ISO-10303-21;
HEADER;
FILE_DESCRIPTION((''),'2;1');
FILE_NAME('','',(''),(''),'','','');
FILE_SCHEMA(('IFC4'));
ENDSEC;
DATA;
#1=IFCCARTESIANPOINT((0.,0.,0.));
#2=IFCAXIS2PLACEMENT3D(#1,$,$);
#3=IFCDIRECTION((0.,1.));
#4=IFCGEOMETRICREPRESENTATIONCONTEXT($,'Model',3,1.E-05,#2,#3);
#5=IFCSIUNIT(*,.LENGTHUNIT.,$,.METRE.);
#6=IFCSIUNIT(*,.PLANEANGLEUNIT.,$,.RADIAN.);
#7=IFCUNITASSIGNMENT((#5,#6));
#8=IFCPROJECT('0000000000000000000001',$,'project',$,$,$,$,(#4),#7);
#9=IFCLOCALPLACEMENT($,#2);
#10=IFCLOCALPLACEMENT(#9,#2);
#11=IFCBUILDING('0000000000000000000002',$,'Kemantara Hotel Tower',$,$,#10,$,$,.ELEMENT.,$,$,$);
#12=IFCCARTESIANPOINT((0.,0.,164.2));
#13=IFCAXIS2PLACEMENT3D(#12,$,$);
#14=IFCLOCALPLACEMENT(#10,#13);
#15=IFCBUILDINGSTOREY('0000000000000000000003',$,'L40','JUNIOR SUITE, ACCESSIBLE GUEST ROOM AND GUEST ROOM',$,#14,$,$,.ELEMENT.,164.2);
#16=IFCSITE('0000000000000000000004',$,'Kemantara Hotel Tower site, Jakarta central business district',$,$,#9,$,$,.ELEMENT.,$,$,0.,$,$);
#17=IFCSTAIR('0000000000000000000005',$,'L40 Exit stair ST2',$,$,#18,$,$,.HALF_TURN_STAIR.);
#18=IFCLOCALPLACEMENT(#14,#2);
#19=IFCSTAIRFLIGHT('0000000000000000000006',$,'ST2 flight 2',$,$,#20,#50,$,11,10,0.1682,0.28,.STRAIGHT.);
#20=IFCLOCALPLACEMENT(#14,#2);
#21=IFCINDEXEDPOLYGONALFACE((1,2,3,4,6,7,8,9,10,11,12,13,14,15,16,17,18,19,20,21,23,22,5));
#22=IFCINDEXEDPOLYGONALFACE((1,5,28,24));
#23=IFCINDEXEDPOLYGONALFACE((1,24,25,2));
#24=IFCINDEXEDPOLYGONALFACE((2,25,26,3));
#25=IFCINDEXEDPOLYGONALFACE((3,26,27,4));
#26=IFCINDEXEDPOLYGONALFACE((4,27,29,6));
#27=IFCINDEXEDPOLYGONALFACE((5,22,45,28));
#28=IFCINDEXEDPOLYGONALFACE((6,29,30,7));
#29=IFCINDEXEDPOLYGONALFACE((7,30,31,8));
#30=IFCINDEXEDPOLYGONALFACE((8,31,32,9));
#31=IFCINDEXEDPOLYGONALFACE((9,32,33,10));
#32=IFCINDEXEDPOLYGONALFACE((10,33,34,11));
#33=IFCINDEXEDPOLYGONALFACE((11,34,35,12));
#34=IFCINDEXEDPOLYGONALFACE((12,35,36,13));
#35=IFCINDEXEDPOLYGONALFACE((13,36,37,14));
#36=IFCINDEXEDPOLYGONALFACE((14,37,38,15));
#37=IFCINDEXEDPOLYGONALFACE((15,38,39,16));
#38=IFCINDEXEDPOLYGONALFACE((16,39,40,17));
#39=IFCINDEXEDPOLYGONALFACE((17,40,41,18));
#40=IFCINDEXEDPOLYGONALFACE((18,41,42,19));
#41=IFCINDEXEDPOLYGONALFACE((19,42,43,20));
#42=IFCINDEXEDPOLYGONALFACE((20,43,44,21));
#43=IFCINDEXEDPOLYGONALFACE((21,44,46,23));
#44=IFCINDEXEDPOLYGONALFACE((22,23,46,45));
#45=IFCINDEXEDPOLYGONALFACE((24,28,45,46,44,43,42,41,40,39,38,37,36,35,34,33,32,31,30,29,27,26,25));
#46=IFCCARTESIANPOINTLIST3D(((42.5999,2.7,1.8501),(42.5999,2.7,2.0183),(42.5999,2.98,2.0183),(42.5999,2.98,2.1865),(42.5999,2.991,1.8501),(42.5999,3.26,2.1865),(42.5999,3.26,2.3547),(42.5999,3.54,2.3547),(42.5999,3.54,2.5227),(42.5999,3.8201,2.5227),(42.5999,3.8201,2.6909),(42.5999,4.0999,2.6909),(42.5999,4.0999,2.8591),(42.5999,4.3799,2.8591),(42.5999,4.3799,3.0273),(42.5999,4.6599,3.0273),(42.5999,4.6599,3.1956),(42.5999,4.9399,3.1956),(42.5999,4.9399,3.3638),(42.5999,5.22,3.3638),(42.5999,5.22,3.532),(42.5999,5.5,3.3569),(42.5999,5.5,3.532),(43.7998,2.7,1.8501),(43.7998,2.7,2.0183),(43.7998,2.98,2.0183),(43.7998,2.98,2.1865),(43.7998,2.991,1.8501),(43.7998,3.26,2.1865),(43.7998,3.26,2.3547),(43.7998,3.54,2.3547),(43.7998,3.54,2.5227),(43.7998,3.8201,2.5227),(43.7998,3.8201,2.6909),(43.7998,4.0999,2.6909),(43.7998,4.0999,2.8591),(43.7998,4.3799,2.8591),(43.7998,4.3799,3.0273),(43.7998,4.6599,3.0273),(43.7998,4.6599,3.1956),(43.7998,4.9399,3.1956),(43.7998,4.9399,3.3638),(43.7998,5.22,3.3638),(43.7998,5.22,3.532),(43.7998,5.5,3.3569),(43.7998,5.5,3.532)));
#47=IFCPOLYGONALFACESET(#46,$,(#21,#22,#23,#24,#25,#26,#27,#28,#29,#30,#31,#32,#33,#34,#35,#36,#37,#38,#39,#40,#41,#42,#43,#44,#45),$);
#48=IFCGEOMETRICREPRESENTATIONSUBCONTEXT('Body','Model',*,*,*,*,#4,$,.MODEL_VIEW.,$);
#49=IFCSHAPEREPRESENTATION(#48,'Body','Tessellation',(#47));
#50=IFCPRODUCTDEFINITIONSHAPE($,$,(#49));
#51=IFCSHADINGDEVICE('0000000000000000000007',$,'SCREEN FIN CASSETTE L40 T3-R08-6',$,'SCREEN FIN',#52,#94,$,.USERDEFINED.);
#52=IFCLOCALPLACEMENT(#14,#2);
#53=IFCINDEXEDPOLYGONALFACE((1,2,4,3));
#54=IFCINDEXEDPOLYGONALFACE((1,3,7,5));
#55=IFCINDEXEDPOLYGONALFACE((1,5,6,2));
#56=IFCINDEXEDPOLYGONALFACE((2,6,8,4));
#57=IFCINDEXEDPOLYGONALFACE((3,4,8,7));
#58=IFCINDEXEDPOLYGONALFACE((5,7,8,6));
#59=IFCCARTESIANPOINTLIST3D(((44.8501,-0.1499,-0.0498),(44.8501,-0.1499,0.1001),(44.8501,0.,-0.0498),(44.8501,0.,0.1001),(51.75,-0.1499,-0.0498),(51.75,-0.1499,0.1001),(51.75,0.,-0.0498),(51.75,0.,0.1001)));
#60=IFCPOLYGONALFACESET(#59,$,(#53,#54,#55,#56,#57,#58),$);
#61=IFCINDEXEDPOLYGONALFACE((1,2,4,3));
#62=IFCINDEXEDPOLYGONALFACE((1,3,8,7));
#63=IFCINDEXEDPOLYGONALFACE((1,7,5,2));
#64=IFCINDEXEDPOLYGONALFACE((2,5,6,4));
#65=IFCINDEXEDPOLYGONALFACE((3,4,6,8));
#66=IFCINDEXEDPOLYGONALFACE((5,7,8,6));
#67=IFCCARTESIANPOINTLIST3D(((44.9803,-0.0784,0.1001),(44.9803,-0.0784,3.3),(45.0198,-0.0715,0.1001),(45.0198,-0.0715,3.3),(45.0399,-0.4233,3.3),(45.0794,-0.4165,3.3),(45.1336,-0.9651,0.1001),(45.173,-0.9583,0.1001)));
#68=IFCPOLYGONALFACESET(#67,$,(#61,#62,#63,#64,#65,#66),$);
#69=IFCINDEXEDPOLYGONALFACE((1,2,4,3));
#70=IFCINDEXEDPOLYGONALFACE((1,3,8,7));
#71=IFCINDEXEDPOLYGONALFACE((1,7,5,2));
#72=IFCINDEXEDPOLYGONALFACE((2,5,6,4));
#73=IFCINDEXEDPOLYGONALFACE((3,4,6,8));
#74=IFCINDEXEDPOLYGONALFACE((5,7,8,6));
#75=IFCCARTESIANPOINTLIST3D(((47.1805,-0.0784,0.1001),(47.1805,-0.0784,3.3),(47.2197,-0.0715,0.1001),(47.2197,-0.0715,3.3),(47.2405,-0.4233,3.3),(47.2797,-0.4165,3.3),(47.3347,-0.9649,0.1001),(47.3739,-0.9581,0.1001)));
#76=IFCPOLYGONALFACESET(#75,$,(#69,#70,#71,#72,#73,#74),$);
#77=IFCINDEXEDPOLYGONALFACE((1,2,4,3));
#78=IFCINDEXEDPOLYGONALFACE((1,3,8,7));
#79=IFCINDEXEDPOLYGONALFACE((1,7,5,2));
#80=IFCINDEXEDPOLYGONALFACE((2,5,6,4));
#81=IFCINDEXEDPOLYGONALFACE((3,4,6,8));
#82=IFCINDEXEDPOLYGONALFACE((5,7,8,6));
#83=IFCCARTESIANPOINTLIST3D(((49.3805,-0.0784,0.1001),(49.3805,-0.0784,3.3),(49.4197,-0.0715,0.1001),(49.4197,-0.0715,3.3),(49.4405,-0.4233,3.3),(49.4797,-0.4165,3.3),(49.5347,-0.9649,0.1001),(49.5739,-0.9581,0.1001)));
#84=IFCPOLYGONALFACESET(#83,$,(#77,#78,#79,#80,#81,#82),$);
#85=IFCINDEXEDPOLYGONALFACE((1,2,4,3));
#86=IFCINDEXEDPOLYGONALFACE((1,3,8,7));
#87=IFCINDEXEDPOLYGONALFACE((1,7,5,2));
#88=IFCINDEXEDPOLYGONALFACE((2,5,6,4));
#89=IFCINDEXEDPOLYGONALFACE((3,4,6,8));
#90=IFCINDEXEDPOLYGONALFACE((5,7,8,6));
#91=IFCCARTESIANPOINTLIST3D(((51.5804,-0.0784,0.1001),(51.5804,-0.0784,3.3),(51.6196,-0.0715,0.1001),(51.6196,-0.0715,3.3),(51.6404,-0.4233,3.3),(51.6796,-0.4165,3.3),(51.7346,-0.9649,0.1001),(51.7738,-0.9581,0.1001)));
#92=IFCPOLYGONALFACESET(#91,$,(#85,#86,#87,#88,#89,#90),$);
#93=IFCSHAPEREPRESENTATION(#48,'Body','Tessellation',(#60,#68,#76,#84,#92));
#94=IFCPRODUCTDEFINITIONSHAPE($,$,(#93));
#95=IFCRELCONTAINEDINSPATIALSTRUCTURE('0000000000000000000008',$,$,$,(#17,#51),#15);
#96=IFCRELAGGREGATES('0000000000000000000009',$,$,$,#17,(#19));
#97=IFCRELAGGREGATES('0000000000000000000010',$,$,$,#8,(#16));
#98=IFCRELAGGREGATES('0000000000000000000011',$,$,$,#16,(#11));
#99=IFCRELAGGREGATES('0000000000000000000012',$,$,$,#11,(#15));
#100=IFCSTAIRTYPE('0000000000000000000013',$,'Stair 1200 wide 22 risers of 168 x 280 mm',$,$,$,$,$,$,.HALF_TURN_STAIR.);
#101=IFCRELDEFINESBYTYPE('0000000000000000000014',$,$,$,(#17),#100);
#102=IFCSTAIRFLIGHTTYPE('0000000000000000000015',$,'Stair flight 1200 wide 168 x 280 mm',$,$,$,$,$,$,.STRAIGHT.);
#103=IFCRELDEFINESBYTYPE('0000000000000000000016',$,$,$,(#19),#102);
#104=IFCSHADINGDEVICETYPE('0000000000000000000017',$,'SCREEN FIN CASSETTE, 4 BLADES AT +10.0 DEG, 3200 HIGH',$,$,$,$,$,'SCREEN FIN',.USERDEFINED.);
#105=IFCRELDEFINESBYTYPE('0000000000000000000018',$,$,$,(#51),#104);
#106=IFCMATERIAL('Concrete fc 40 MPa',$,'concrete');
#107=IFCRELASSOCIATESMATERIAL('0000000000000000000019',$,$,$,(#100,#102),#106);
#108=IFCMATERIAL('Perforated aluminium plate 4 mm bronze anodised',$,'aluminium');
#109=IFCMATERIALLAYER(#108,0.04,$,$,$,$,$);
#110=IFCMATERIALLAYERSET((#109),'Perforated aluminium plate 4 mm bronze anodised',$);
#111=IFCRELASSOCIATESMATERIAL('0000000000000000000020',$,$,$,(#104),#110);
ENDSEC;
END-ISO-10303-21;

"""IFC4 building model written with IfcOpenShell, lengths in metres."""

from ifc_helpers import new_model, si_unit, direction, frame, origin, origin_2d, place, context, subcontext, project, spatial, polyline, rectangle, outline, extrude, source, transform, mapped, material, layer, layer_set, type_object, element, aggregate, save


model = new_model("IFC4")

# Units and contexts
model_context = context("Model", 3, precision=1e-05, world=origin(), true_north=direction((0.0, 1.0)))
body_context = subcontext(model_context, "Body", "Model", "MODEL_VIEW")
ifc_project = project(units=[si_unit("LENGTHUNIT", "METRE"), si_unit("PLANEANGLEUNIT", "RADIAN")], contexts=[model_context])

# Site, building, storey
site_placement = place(None, origin())
site = spatial("IfcSite", under=ifc_project, at=site_placement, Name="Kemantara Hotel Tower site, Jakarta central business district", CompositionType="ELEMENT", RefElevation=0.0)
building_placement = place(site_placement, origin())
building = spatial("IfcBuilding", under=site, at=building_placement, Name="Kemantara Hotel Tower", CompositionType="ELEMENT")
storey_placement = place(building_placement, frame((0.0, 0.0, 164.2)))
storey = spatial("IfcBuildingStorey", under=building, at=storey_placement, Name="L40", Description="JUNIOR SUITE, ACCESSIBLE GUEST ROOM AND GUEST ROOM", CompositionType="ELEMENT", Elevation=164.2)

# Stair, stair flight
ifc_material_1 = material(Name="Concrete fc 40 MPa", Category="concrete")
stair_type = type_object("IfcStairType", Name="Stair 1200 wide 22 risers of 168 x 280 mm", PredefinedType="HALF_TURN_STAIR", material=ifc_material_1)
stair_placement = place(storey_placement, origin())
stair = element("IfcStair", 1, at=stair_placement, inside=storey, type_object=stair_type, Name="L40 Exit stair ST2", PredefinedType="HALF_TURN_STAIR")
stair_flight_type = type_object("IfcStairFlightType", Name="Stair flight 1200 wide 168 x 280 mm", PredefinedType="STRAIGHT", material=ifc_material_1)
stair_flight_1_placement = place(storey_placement, frame((43.2, 2.7, 1.8501), z_axis=(0.0, 0.0, 1.0), x_axis=(0.0, 1.0, 0.0)))
stair_flight_1 = element("IfcStairFlight", 2, at=stair_flight_1_placement, type_object=stair_flight_type, Name="ST2 flight 2", NumberOfRisers=11, NumberOfTreads=10, PredefinedType="STRAIGHT", RiserHeight=0.1682, TreadLength=0.28, context=body_context, shape_type="SweptSolid", body=[
    extrude(outline(polyline([(0.0, 0.0), (0.0, 0.1682), (0.28, 0.1682), (0.28, 0.3364), (0.5601, 0.3364), (0.5601, 0.5046), (0.8401, 0.5046), (0.8401, 0.6726), (1.1201, 0.6726), (1.1201, 0.8408), (1.3999, 0.8408), (1.3999, 1.009), (1.6799, 1.009), (1.6799, 1.1772), (1.96, 1.1772), (1.96, 1.3455), (2.24, 1.3455), (2.24, 1.5137), (2.52, 1.5137), (2.52, 1.6819), (2.8, 1.6819), (2.8, 1.8501), (2.8, 1.5068), (0.291, 0.0), (0.0, 0.0)])), frame((0.0, 0.6001, 0.0), z_axis=(0.0, -1.0, 0.0), x_axis=(1.0, 0.0, 0.0)), (0.0, 0.0, 1.0), 1.2),
])
aggregate(stair, [stair_flight_1])

# Shading device
ifc_material_2 = material(Name="Perforated aluminium plate 4 mm bronze anodised", Category="aluminium")
ifc_layer_1 = layer(ifc_material_2, 0.04)
ifc_layer_set_1 = layer_set([ifc_layer_1], Name="Perforated aluminium plate 4 mm bronze anodised")
shading_device_type = type_object("IfcShadingDeviceType", Name="SCREEN FIN CASSETTE, 4 BLADES AT +10.0 DEG, 3200 HIGH", ElementType="SCREEN FIN", PredefinedType="USERDEFINED", material=ifc_layer_set_1)
shared_shape = source(origin(), body_context, "Body", "SweptSolid", [
    extrude(rectangle(XDim=6.8999, YDim=0.1499, at=origin_2d()), frame((3.3, -0.075, -0.1499), z_axis=(0.0, 0.0, 1.0), x_axis=(1.0, 0.0, 0.0)), (0.0, 0.0, 1.0), 0.1499),
    extrude(outline(polyline([(0.0, 0.0), (0.8999, 0.0), (0.3501, 3.2), (0.0, 3.2), (0.0, 0.0)])), frame((0.0198, -0.0715, 0.0), z_axis=(-0.98539, -0.170314, 0.0), x_axis=(0.170314, -0.98539, 0.0)), (0.0, 0.0, 1.0), 0.04),
    extrude(outline(polyline([(0.0, 0.0), (0.8999, 0.0), (0.3501, 3.2), (0.0, 3.2), (0.0, 0.0)])), frame((2.2197, -0.0715, 0.0), z_axis=(-0.985212, -0.171341, 0.0), x_axis=(0.171341, -0.985212, 0.0)), (0.0, 0.0, 1.0), 0.0398),
    extrude(outline(polyline([(0.0, 0.0), (0.8999, 0.0), (0.3501, 3.2), (0.0, 3.2), (0.0, 0.0)])), frame((4.4197, -0.0715, 0.0), z_axis=(-0.985212, -0.171341, 0.0), x_axis=(0.171341, -0.985212, 0.0)), (0.0, 0.0, 1.0), 0.0398),
    extrude(outline(polyline([(0.0, 0.0), (0.8999, 0.0), (0.3501, 3.2), (0.0, 3.2), (0.0, 0.0)])), frame((6.6196, -0.0715, 0.0), z_axis=(-0.985212, -0.171341, 0.0), x_axis=(0.171341, -0.985212, 0.0)), (0.0, 0.0, 1.0), 0.0398),
])
shading_device_placement = place(storey_placement, frame((45.0, 0.0, 0.1001), z_axis=(0.0, 0.0, 1.0), x_axis=(1.0, 0.0, 0.0)))
element("IfcShadingDevice", 3, at=shading_device_placement, inside=storey, type_object=shading_device_type, Name="SCREEN FIN CASSETTE L40 T3-R08-6", ObjectType="SCREEN FIN", PredefinedType="USERDEFINED", context=body_context, shape_type="MappedRepresentation", body=[
    mapped(shared_shape, transform((0.0, 0.0, 0.0))),
])

save(model, "model.ifc")
